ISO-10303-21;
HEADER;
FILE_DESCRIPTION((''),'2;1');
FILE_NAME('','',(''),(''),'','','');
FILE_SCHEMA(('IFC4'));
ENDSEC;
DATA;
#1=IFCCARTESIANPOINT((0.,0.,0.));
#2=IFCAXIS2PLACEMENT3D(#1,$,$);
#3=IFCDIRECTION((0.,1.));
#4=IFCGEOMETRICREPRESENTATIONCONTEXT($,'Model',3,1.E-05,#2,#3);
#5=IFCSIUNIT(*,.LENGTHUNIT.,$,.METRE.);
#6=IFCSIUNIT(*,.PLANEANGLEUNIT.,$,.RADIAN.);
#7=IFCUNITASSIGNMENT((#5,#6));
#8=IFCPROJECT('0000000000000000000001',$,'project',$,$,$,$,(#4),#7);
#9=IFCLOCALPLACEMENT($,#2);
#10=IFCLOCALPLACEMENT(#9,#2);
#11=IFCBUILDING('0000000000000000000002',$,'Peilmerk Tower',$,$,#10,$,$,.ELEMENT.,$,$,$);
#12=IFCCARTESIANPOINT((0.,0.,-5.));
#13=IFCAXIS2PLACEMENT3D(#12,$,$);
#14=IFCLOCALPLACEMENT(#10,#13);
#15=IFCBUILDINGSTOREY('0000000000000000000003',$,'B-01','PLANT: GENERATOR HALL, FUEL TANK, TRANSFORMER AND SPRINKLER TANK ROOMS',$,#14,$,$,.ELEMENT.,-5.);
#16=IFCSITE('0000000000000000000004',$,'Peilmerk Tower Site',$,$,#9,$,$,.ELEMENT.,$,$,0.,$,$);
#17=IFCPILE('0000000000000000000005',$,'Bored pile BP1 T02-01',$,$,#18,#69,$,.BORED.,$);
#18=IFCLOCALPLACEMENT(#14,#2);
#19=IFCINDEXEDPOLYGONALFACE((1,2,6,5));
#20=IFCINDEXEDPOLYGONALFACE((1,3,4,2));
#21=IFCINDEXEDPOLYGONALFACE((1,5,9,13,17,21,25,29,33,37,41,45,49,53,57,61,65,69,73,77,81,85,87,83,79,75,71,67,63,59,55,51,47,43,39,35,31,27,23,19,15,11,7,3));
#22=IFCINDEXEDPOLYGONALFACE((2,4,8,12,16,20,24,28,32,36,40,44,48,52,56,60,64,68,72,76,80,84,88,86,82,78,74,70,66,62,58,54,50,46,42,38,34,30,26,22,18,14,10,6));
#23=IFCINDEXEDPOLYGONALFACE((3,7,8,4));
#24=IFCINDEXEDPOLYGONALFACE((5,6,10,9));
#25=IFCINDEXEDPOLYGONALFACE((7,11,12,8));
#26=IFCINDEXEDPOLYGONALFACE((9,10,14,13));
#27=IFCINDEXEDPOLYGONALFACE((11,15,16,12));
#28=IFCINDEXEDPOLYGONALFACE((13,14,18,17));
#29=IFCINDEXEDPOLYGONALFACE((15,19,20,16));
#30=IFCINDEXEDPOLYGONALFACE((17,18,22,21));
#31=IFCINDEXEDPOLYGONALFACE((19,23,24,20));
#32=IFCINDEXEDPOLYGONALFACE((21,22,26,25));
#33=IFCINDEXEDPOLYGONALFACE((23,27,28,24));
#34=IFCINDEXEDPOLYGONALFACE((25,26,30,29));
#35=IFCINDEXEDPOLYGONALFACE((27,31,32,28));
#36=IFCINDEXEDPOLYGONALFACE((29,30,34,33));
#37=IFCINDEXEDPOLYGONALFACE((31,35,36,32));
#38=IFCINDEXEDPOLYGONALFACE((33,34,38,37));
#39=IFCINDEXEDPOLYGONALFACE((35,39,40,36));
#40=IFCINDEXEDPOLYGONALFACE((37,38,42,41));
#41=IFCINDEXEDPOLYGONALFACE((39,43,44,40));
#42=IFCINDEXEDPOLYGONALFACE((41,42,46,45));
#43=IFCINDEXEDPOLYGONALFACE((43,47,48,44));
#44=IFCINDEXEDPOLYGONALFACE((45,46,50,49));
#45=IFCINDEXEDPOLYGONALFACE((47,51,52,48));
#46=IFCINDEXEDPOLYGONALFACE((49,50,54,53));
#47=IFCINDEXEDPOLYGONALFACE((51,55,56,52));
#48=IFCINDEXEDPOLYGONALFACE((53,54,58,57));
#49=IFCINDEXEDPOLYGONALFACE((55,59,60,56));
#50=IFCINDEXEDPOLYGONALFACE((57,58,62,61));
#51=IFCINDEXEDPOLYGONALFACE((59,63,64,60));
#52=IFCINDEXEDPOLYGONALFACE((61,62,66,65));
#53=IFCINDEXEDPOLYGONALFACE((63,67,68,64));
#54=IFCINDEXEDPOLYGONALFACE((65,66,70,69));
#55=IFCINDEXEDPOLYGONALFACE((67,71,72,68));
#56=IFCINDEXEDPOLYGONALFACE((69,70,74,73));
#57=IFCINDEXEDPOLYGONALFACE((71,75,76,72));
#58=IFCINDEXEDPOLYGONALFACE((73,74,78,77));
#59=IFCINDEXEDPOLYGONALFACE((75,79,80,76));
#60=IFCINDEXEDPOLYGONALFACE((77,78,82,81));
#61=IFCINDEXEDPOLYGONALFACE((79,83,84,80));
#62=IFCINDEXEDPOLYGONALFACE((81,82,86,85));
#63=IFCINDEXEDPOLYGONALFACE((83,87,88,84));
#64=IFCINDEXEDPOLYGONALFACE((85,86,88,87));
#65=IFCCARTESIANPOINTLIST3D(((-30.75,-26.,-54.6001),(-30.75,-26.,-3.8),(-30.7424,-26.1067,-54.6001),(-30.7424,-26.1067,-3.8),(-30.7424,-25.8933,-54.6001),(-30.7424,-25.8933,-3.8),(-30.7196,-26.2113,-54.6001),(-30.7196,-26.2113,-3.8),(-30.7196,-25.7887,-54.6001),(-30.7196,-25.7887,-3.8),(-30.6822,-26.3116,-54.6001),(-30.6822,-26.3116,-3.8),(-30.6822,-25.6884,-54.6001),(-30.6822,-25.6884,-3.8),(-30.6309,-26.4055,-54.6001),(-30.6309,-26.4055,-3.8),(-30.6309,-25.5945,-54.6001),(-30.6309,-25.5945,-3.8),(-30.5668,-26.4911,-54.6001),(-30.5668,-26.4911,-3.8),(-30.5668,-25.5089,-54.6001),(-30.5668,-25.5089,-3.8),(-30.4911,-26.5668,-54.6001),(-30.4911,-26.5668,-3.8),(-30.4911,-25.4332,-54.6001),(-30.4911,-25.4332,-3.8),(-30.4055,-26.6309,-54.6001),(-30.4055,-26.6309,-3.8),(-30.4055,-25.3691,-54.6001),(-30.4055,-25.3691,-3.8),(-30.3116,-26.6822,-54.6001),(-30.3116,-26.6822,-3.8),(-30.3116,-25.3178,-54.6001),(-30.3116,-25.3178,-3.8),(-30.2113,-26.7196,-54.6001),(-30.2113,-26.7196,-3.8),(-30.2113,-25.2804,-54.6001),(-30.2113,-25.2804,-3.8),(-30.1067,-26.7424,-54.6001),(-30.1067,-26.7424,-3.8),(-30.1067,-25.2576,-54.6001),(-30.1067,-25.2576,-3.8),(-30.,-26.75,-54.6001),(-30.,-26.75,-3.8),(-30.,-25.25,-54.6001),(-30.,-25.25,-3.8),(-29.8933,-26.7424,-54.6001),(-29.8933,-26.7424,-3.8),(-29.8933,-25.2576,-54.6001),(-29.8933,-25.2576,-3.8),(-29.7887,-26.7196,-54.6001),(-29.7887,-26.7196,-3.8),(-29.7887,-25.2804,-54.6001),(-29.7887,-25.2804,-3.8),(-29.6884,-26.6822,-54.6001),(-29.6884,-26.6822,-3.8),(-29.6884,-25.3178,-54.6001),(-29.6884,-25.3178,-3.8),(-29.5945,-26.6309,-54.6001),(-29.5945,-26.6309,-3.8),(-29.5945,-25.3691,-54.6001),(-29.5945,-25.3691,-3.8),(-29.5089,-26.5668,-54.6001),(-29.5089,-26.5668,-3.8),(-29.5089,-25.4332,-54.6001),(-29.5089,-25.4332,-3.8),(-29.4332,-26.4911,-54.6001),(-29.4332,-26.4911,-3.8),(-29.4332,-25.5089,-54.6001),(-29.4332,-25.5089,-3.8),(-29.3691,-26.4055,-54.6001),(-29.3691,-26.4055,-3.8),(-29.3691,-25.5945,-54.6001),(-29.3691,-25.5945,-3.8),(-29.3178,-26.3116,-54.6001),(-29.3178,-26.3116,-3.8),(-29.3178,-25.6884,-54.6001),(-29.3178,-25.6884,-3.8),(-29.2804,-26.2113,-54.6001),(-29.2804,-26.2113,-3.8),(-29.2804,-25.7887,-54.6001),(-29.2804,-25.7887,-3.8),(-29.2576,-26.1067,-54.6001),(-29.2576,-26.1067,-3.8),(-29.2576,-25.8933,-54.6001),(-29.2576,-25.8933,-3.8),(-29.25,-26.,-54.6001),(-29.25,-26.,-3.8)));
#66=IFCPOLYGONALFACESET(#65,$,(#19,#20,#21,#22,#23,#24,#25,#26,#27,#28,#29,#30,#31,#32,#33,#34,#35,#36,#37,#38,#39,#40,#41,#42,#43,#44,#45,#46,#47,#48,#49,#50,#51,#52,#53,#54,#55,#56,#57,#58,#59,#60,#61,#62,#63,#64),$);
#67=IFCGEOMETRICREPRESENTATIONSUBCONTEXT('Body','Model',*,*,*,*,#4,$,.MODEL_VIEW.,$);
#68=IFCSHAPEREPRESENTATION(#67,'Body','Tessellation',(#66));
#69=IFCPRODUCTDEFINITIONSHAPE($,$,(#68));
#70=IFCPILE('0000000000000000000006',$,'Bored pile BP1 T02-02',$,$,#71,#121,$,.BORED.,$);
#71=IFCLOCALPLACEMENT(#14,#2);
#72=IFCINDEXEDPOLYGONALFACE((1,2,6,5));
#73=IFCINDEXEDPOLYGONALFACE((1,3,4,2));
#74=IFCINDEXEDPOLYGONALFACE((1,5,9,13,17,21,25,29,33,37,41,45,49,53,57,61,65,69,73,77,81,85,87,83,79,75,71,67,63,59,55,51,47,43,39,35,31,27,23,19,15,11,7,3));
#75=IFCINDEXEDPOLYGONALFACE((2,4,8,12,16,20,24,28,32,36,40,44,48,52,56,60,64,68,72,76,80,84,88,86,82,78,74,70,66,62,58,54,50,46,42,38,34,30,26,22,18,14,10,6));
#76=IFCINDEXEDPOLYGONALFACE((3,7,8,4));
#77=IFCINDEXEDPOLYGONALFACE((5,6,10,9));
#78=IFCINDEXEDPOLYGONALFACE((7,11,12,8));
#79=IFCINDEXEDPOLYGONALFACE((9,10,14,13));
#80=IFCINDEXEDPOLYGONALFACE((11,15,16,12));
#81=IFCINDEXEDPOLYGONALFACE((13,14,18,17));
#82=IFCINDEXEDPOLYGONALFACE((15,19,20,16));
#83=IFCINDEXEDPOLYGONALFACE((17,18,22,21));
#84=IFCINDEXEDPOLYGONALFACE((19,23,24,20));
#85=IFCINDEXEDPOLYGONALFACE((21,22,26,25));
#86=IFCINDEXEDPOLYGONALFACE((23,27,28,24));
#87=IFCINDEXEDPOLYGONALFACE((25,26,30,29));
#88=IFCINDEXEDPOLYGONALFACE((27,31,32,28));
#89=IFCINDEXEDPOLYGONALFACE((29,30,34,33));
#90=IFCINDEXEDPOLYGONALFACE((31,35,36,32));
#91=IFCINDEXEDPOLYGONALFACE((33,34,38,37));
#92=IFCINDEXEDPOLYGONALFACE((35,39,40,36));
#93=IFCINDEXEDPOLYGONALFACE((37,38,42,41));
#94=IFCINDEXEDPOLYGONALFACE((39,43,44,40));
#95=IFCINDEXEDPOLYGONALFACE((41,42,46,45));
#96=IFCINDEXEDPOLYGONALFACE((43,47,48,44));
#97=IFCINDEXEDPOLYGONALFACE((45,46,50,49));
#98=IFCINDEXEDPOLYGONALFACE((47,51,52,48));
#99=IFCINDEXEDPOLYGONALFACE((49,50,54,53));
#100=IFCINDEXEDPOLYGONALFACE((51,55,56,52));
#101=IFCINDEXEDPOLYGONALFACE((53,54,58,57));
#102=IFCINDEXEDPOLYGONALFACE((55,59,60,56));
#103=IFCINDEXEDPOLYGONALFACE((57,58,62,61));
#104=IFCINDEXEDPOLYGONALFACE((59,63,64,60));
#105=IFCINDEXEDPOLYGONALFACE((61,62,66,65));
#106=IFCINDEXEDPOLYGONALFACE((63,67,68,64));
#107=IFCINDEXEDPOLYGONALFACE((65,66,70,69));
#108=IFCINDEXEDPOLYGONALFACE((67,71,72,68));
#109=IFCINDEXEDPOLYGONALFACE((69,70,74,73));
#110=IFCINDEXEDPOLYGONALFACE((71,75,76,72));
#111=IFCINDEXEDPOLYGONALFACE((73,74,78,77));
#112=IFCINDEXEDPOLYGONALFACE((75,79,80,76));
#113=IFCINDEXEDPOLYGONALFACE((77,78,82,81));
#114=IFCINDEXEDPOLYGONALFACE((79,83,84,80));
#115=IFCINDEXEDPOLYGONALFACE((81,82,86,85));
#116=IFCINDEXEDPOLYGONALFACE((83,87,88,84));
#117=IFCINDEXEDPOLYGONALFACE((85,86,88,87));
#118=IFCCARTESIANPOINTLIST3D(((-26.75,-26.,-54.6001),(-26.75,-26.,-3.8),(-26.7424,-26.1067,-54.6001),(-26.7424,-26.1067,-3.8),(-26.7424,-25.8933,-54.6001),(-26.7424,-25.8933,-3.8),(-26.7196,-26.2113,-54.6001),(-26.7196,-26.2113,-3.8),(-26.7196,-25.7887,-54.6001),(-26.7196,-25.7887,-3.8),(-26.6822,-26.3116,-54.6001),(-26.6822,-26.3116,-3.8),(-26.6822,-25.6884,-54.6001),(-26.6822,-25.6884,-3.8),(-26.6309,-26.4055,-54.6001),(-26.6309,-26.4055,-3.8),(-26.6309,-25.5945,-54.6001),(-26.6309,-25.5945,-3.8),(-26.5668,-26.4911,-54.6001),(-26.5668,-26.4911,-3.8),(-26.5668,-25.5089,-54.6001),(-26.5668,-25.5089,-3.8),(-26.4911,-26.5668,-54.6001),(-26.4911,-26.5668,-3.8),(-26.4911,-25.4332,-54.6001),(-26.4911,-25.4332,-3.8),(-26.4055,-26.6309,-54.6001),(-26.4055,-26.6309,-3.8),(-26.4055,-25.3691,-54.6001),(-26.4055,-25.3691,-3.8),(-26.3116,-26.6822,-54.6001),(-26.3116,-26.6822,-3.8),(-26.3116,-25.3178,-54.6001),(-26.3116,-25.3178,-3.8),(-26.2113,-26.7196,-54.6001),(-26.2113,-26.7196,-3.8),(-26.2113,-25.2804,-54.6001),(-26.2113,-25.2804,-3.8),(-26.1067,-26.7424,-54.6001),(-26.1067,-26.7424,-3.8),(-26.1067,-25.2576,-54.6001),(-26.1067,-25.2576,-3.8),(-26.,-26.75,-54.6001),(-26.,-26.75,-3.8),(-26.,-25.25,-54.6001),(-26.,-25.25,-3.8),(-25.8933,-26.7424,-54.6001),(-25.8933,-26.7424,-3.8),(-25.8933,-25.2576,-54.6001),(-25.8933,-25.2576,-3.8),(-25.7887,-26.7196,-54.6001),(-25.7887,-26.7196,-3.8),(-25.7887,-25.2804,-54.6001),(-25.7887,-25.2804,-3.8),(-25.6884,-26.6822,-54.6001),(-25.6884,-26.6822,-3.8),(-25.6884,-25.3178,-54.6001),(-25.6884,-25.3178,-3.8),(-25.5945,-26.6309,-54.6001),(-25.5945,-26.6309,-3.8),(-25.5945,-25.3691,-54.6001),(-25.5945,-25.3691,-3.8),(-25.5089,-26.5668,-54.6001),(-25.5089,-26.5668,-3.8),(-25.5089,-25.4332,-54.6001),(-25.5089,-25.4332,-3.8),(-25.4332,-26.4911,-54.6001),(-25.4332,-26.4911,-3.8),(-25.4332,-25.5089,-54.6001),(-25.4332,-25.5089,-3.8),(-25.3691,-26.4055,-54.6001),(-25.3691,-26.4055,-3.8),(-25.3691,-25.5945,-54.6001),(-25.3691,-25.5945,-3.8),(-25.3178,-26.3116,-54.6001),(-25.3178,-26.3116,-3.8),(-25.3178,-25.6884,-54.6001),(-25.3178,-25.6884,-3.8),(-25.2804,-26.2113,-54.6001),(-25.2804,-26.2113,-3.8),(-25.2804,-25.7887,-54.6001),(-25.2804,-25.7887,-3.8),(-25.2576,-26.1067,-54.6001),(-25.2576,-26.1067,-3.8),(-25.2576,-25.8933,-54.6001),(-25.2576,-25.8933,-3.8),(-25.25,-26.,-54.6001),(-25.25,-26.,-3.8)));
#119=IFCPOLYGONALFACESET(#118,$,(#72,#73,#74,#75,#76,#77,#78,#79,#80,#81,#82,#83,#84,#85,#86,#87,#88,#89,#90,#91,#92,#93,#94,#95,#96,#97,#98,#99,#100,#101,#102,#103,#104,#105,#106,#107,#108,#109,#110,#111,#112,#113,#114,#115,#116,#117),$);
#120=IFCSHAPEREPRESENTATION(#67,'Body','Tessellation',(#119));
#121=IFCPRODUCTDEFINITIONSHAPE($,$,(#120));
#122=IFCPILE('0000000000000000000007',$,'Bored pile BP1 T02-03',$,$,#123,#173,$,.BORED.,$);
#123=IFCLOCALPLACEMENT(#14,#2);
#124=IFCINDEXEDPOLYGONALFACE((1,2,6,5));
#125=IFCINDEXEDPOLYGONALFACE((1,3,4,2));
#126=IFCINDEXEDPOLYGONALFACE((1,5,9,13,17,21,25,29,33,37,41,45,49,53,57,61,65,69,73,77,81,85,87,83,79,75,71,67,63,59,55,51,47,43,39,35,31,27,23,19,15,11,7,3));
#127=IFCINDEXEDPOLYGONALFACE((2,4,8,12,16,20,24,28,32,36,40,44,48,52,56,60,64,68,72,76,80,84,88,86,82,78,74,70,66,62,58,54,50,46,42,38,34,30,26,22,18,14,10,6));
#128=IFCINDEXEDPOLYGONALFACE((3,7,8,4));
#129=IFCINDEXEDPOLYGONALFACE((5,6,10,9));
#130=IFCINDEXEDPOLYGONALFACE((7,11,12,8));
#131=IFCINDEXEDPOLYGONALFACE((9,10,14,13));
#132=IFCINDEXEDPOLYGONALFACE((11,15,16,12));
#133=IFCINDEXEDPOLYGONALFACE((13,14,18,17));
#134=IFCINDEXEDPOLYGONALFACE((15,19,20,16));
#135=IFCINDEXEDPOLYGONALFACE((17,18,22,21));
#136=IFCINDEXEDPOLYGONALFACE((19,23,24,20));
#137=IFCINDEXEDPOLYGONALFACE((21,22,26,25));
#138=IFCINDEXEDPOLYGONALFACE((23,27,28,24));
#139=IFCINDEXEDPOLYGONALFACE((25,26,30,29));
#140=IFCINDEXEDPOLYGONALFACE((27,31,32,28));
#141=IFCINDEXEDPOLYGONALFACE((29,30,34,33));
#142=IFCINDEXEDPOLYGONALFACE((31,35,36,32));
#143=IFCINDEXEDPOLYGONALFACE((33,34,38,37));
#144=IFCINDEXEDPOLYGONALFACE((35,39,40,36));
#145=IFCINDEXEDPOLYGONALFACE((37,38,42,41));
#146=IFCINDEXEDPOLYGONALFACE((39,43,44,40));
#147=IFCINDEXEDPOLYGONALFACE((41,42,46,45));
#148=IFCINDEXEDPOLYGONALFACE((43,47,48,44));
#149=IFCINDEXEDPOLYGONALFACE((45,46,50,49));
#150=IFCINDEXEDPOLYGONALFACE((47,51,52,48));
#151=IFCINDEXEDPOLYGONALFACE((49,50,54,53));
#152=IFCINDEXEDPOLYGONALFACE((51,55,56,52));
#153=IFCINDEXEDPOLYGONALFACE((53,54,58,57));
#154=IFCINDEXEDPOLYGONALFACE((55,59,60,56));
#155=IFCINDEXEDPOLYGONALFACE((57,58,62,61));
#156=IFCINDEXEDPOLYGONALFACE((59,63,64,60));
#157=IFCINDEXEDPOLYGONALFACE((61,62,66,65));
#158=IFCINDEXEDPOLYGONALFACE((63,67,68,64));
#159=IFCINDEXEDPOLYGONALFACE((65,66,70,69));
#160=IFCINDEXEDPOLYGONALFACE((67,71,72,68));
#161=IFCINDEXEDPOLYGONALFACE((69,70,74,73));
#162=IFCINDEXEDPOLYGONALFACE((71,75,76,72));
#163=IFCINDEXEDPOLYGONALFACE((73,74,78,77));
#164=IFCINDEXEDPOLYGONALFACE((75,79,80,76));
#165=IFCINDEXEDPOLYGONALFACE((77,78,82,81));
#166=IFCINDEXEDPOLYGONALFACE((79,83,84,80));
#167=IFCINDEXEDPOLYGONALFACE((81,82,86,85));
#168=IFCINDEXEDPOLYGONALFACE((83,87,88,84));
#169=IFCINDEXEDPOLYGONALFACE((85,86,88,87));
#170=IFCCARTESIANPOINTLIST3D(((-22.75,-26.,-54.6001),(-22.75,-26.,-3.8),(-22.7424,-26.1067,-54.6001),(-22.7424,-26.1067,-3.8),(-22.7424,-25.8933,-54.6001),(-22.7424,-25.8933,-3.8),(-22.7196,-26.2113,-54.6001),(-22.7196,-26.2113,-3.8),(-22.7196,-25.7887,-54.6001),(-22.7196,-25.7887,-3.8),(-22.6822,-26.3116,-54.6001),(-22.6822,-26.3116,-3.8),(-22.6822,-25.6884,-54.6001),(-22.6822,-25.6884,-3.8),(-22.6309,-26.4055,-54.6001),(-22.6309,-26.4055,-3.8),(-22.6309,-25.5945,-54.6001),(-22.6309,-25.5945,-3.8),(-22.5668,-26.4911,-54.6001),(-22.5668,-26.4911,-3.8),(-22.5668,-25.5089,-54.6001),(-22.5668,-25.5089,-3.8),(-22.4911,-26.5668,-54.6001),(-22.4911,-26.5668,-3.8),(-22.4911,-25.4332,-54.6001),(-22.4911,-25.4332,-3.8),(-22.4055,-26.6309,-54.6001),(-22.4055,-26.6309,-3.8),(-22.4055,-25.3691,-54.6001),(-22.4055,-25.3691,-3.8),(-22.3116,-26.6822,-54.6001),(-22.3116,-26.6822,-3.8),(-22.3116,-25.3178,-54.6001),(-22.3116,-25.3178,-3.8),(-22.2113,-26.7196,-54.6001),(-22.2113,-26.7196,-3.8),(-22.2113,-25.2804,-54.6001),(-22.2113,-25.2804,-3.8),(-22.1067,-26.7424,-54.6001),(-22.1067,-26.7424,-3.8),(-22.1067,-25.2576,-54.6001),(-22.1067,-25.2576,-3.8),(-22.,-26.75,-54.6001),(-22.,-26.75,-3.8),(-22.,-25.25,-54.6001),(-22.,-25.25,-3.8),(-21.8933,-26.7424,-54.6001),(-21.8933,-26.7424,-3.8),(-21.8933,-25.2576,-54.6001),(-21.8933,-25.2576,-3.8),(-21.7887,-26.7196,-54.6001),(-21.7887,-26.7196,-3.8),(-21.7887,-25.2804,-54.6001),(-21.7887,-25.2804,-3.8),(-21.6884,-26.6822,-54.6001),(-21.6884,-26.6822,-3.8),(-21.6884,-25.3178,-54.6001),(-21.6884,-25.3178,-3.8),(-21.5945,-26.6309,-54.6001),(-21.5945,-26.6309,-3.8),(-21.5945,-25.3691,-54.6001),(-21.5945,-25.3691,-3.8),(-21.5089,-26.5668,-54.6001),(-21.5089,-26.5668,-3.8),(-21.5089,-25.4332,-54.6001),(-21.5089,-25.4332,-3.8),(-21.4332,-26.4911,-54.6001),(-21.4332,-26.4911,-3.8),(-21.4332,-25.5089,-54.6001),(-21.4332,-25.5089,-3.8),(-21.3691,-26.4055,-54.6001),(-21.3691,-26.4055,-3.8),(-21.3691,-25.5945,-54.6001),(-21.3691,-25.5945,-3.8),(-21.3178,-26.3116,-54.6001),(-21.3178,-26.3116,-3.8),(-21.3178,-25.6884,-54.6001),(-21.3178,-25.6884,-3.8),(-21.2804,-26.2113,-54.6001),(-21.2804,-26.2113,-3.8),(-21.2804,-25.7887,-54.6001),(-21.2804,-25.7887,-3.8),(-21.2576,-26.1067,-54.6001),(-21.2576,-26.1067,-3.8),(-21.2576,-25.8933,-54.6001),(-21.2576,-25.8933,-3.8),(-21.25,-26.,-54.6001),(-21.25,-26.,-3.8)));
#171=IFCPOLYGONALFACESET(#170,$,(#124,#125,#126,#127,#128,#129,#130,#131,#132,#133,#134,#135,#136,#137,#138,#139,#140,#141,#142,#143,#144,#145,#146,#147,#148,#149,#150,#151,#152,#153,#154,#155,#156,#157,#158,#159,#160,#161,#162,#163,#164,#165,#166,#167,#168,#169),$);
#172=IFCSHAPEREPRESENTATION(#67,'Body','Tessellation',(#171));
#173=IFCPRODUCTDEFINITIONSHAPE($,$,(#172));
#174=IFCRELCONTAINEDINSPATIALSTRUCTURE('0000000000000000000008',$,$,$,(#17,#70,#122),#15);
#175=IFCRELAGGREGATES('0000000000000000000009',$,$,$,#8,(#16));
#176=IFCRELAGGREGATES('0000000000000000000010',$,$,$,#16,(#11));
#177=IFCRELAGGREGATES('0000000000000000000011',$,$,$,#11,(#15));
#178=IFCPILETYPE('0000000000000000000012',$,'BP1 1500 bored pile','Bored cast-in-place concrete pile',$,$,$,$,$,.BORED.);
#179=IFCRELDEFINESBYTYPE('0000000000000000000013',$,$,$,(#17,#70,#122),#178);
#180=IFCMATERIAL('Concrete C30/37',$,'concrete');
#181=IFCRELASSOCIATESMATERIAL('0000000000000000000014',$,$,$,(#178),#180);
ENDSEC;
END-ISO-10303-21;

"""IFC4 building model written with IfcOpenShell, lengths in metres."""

from ifc_helpers import new_model, si_unit, direction, frame, origin, origin_2d, place, context, subcontext, project, spatial, circle, extrude, material, material_profile, profile_set, type_object, element, save


model = new_model("IFC4")

# Units and contexts
model_context = context("Model", 3, precision=1e-05, world=origin(), true_north=direction((0.0, 1.0)))
body_context = subcontext(model_context, "Body", "Model", "MODEL_VIEW")
ifc_project = project(units=[si_unit("LENGTHUNIT", "METRE"), si_unit("PLANEANGLEUNIT", "RADIAN")], contexts=[model_context])

# Site, building, storey
site_placement = place(None, origin())
site = spatial("IfcSite", under=ifc_project, at=site_placement, Name="Peilmerk Tower Site", CompositionType="ELEMENT", RefElevation=0.0)
building_placement = place(site_placement, origin())
building = spatial("IfcBuilding", under=site, at=building_placement, Name="Peilmerk Tower", CompositionType="ELEMENT")
storey_placement = place(building_placement, frame((0.0, 0.0, -5.0)))
storey = spatial("IfcBuildingStorey", under=building, at=storey_placement, Name="B-01", Description="PLANT: GENERATOR HALL, FUEL TANK, TRANSFORMER AND SPRINKLER TANK ROOMS", CompositionType="ELEMENT", Elevation=-5.0)

# Piles
ifc_material_1 = material(Name="Concrete C30/37", Category="concrete")
ifc_material_profile_1 = material_profile(ifc_material_1, circle(Radius=0.75, at=origin_2d()), Name="BP 1500")
ifc_profile_set_1 = profile_set([ifc_material_profile_1], Name="Concrete C30/37")
pile_type_1 = type_object("IfcPileType", Name="BP1 1500 bored pile", Description="Bored cast-in-place concrete pile", PredefinedType="BORED", material=ifc_profile_set_1)
for number, where, z_axis, x_axis, name in (
    (1, (-30.0, -26.0, -3.8), (0.0, 0.0, -1.0), (1.0, 0.0, 0.0), "Bored pile BP1 T02-01"),
    (2, (-26.0, -26.0, -3.8), (0.0, 0.0, -1.0), (1.0, 0.0, 0.0), "Bored pile BP1 T02-02"),
    (3, (-22.0, -26.0, -3.8), (0.0, 0.0, -1.0), (1.0, 0.0, 0.0), "Bored pile BP1 T02-03"),
):
    element("IfcPile", number, at=place(storey_placement, frame(where, z_axis=z_axis, x_axis=x_axis)), inside=storey, type_object=pile_type_1, Name=name, PredefinedType="BORED", context=body_context, shape_type="SweptSolid", body=[
        extrude(circle(Radius=0.75, at=origin_2d()), origin(), (0.0, 0.0, 1.0), 50.8),
    ])

save(model, "model.ifc")
